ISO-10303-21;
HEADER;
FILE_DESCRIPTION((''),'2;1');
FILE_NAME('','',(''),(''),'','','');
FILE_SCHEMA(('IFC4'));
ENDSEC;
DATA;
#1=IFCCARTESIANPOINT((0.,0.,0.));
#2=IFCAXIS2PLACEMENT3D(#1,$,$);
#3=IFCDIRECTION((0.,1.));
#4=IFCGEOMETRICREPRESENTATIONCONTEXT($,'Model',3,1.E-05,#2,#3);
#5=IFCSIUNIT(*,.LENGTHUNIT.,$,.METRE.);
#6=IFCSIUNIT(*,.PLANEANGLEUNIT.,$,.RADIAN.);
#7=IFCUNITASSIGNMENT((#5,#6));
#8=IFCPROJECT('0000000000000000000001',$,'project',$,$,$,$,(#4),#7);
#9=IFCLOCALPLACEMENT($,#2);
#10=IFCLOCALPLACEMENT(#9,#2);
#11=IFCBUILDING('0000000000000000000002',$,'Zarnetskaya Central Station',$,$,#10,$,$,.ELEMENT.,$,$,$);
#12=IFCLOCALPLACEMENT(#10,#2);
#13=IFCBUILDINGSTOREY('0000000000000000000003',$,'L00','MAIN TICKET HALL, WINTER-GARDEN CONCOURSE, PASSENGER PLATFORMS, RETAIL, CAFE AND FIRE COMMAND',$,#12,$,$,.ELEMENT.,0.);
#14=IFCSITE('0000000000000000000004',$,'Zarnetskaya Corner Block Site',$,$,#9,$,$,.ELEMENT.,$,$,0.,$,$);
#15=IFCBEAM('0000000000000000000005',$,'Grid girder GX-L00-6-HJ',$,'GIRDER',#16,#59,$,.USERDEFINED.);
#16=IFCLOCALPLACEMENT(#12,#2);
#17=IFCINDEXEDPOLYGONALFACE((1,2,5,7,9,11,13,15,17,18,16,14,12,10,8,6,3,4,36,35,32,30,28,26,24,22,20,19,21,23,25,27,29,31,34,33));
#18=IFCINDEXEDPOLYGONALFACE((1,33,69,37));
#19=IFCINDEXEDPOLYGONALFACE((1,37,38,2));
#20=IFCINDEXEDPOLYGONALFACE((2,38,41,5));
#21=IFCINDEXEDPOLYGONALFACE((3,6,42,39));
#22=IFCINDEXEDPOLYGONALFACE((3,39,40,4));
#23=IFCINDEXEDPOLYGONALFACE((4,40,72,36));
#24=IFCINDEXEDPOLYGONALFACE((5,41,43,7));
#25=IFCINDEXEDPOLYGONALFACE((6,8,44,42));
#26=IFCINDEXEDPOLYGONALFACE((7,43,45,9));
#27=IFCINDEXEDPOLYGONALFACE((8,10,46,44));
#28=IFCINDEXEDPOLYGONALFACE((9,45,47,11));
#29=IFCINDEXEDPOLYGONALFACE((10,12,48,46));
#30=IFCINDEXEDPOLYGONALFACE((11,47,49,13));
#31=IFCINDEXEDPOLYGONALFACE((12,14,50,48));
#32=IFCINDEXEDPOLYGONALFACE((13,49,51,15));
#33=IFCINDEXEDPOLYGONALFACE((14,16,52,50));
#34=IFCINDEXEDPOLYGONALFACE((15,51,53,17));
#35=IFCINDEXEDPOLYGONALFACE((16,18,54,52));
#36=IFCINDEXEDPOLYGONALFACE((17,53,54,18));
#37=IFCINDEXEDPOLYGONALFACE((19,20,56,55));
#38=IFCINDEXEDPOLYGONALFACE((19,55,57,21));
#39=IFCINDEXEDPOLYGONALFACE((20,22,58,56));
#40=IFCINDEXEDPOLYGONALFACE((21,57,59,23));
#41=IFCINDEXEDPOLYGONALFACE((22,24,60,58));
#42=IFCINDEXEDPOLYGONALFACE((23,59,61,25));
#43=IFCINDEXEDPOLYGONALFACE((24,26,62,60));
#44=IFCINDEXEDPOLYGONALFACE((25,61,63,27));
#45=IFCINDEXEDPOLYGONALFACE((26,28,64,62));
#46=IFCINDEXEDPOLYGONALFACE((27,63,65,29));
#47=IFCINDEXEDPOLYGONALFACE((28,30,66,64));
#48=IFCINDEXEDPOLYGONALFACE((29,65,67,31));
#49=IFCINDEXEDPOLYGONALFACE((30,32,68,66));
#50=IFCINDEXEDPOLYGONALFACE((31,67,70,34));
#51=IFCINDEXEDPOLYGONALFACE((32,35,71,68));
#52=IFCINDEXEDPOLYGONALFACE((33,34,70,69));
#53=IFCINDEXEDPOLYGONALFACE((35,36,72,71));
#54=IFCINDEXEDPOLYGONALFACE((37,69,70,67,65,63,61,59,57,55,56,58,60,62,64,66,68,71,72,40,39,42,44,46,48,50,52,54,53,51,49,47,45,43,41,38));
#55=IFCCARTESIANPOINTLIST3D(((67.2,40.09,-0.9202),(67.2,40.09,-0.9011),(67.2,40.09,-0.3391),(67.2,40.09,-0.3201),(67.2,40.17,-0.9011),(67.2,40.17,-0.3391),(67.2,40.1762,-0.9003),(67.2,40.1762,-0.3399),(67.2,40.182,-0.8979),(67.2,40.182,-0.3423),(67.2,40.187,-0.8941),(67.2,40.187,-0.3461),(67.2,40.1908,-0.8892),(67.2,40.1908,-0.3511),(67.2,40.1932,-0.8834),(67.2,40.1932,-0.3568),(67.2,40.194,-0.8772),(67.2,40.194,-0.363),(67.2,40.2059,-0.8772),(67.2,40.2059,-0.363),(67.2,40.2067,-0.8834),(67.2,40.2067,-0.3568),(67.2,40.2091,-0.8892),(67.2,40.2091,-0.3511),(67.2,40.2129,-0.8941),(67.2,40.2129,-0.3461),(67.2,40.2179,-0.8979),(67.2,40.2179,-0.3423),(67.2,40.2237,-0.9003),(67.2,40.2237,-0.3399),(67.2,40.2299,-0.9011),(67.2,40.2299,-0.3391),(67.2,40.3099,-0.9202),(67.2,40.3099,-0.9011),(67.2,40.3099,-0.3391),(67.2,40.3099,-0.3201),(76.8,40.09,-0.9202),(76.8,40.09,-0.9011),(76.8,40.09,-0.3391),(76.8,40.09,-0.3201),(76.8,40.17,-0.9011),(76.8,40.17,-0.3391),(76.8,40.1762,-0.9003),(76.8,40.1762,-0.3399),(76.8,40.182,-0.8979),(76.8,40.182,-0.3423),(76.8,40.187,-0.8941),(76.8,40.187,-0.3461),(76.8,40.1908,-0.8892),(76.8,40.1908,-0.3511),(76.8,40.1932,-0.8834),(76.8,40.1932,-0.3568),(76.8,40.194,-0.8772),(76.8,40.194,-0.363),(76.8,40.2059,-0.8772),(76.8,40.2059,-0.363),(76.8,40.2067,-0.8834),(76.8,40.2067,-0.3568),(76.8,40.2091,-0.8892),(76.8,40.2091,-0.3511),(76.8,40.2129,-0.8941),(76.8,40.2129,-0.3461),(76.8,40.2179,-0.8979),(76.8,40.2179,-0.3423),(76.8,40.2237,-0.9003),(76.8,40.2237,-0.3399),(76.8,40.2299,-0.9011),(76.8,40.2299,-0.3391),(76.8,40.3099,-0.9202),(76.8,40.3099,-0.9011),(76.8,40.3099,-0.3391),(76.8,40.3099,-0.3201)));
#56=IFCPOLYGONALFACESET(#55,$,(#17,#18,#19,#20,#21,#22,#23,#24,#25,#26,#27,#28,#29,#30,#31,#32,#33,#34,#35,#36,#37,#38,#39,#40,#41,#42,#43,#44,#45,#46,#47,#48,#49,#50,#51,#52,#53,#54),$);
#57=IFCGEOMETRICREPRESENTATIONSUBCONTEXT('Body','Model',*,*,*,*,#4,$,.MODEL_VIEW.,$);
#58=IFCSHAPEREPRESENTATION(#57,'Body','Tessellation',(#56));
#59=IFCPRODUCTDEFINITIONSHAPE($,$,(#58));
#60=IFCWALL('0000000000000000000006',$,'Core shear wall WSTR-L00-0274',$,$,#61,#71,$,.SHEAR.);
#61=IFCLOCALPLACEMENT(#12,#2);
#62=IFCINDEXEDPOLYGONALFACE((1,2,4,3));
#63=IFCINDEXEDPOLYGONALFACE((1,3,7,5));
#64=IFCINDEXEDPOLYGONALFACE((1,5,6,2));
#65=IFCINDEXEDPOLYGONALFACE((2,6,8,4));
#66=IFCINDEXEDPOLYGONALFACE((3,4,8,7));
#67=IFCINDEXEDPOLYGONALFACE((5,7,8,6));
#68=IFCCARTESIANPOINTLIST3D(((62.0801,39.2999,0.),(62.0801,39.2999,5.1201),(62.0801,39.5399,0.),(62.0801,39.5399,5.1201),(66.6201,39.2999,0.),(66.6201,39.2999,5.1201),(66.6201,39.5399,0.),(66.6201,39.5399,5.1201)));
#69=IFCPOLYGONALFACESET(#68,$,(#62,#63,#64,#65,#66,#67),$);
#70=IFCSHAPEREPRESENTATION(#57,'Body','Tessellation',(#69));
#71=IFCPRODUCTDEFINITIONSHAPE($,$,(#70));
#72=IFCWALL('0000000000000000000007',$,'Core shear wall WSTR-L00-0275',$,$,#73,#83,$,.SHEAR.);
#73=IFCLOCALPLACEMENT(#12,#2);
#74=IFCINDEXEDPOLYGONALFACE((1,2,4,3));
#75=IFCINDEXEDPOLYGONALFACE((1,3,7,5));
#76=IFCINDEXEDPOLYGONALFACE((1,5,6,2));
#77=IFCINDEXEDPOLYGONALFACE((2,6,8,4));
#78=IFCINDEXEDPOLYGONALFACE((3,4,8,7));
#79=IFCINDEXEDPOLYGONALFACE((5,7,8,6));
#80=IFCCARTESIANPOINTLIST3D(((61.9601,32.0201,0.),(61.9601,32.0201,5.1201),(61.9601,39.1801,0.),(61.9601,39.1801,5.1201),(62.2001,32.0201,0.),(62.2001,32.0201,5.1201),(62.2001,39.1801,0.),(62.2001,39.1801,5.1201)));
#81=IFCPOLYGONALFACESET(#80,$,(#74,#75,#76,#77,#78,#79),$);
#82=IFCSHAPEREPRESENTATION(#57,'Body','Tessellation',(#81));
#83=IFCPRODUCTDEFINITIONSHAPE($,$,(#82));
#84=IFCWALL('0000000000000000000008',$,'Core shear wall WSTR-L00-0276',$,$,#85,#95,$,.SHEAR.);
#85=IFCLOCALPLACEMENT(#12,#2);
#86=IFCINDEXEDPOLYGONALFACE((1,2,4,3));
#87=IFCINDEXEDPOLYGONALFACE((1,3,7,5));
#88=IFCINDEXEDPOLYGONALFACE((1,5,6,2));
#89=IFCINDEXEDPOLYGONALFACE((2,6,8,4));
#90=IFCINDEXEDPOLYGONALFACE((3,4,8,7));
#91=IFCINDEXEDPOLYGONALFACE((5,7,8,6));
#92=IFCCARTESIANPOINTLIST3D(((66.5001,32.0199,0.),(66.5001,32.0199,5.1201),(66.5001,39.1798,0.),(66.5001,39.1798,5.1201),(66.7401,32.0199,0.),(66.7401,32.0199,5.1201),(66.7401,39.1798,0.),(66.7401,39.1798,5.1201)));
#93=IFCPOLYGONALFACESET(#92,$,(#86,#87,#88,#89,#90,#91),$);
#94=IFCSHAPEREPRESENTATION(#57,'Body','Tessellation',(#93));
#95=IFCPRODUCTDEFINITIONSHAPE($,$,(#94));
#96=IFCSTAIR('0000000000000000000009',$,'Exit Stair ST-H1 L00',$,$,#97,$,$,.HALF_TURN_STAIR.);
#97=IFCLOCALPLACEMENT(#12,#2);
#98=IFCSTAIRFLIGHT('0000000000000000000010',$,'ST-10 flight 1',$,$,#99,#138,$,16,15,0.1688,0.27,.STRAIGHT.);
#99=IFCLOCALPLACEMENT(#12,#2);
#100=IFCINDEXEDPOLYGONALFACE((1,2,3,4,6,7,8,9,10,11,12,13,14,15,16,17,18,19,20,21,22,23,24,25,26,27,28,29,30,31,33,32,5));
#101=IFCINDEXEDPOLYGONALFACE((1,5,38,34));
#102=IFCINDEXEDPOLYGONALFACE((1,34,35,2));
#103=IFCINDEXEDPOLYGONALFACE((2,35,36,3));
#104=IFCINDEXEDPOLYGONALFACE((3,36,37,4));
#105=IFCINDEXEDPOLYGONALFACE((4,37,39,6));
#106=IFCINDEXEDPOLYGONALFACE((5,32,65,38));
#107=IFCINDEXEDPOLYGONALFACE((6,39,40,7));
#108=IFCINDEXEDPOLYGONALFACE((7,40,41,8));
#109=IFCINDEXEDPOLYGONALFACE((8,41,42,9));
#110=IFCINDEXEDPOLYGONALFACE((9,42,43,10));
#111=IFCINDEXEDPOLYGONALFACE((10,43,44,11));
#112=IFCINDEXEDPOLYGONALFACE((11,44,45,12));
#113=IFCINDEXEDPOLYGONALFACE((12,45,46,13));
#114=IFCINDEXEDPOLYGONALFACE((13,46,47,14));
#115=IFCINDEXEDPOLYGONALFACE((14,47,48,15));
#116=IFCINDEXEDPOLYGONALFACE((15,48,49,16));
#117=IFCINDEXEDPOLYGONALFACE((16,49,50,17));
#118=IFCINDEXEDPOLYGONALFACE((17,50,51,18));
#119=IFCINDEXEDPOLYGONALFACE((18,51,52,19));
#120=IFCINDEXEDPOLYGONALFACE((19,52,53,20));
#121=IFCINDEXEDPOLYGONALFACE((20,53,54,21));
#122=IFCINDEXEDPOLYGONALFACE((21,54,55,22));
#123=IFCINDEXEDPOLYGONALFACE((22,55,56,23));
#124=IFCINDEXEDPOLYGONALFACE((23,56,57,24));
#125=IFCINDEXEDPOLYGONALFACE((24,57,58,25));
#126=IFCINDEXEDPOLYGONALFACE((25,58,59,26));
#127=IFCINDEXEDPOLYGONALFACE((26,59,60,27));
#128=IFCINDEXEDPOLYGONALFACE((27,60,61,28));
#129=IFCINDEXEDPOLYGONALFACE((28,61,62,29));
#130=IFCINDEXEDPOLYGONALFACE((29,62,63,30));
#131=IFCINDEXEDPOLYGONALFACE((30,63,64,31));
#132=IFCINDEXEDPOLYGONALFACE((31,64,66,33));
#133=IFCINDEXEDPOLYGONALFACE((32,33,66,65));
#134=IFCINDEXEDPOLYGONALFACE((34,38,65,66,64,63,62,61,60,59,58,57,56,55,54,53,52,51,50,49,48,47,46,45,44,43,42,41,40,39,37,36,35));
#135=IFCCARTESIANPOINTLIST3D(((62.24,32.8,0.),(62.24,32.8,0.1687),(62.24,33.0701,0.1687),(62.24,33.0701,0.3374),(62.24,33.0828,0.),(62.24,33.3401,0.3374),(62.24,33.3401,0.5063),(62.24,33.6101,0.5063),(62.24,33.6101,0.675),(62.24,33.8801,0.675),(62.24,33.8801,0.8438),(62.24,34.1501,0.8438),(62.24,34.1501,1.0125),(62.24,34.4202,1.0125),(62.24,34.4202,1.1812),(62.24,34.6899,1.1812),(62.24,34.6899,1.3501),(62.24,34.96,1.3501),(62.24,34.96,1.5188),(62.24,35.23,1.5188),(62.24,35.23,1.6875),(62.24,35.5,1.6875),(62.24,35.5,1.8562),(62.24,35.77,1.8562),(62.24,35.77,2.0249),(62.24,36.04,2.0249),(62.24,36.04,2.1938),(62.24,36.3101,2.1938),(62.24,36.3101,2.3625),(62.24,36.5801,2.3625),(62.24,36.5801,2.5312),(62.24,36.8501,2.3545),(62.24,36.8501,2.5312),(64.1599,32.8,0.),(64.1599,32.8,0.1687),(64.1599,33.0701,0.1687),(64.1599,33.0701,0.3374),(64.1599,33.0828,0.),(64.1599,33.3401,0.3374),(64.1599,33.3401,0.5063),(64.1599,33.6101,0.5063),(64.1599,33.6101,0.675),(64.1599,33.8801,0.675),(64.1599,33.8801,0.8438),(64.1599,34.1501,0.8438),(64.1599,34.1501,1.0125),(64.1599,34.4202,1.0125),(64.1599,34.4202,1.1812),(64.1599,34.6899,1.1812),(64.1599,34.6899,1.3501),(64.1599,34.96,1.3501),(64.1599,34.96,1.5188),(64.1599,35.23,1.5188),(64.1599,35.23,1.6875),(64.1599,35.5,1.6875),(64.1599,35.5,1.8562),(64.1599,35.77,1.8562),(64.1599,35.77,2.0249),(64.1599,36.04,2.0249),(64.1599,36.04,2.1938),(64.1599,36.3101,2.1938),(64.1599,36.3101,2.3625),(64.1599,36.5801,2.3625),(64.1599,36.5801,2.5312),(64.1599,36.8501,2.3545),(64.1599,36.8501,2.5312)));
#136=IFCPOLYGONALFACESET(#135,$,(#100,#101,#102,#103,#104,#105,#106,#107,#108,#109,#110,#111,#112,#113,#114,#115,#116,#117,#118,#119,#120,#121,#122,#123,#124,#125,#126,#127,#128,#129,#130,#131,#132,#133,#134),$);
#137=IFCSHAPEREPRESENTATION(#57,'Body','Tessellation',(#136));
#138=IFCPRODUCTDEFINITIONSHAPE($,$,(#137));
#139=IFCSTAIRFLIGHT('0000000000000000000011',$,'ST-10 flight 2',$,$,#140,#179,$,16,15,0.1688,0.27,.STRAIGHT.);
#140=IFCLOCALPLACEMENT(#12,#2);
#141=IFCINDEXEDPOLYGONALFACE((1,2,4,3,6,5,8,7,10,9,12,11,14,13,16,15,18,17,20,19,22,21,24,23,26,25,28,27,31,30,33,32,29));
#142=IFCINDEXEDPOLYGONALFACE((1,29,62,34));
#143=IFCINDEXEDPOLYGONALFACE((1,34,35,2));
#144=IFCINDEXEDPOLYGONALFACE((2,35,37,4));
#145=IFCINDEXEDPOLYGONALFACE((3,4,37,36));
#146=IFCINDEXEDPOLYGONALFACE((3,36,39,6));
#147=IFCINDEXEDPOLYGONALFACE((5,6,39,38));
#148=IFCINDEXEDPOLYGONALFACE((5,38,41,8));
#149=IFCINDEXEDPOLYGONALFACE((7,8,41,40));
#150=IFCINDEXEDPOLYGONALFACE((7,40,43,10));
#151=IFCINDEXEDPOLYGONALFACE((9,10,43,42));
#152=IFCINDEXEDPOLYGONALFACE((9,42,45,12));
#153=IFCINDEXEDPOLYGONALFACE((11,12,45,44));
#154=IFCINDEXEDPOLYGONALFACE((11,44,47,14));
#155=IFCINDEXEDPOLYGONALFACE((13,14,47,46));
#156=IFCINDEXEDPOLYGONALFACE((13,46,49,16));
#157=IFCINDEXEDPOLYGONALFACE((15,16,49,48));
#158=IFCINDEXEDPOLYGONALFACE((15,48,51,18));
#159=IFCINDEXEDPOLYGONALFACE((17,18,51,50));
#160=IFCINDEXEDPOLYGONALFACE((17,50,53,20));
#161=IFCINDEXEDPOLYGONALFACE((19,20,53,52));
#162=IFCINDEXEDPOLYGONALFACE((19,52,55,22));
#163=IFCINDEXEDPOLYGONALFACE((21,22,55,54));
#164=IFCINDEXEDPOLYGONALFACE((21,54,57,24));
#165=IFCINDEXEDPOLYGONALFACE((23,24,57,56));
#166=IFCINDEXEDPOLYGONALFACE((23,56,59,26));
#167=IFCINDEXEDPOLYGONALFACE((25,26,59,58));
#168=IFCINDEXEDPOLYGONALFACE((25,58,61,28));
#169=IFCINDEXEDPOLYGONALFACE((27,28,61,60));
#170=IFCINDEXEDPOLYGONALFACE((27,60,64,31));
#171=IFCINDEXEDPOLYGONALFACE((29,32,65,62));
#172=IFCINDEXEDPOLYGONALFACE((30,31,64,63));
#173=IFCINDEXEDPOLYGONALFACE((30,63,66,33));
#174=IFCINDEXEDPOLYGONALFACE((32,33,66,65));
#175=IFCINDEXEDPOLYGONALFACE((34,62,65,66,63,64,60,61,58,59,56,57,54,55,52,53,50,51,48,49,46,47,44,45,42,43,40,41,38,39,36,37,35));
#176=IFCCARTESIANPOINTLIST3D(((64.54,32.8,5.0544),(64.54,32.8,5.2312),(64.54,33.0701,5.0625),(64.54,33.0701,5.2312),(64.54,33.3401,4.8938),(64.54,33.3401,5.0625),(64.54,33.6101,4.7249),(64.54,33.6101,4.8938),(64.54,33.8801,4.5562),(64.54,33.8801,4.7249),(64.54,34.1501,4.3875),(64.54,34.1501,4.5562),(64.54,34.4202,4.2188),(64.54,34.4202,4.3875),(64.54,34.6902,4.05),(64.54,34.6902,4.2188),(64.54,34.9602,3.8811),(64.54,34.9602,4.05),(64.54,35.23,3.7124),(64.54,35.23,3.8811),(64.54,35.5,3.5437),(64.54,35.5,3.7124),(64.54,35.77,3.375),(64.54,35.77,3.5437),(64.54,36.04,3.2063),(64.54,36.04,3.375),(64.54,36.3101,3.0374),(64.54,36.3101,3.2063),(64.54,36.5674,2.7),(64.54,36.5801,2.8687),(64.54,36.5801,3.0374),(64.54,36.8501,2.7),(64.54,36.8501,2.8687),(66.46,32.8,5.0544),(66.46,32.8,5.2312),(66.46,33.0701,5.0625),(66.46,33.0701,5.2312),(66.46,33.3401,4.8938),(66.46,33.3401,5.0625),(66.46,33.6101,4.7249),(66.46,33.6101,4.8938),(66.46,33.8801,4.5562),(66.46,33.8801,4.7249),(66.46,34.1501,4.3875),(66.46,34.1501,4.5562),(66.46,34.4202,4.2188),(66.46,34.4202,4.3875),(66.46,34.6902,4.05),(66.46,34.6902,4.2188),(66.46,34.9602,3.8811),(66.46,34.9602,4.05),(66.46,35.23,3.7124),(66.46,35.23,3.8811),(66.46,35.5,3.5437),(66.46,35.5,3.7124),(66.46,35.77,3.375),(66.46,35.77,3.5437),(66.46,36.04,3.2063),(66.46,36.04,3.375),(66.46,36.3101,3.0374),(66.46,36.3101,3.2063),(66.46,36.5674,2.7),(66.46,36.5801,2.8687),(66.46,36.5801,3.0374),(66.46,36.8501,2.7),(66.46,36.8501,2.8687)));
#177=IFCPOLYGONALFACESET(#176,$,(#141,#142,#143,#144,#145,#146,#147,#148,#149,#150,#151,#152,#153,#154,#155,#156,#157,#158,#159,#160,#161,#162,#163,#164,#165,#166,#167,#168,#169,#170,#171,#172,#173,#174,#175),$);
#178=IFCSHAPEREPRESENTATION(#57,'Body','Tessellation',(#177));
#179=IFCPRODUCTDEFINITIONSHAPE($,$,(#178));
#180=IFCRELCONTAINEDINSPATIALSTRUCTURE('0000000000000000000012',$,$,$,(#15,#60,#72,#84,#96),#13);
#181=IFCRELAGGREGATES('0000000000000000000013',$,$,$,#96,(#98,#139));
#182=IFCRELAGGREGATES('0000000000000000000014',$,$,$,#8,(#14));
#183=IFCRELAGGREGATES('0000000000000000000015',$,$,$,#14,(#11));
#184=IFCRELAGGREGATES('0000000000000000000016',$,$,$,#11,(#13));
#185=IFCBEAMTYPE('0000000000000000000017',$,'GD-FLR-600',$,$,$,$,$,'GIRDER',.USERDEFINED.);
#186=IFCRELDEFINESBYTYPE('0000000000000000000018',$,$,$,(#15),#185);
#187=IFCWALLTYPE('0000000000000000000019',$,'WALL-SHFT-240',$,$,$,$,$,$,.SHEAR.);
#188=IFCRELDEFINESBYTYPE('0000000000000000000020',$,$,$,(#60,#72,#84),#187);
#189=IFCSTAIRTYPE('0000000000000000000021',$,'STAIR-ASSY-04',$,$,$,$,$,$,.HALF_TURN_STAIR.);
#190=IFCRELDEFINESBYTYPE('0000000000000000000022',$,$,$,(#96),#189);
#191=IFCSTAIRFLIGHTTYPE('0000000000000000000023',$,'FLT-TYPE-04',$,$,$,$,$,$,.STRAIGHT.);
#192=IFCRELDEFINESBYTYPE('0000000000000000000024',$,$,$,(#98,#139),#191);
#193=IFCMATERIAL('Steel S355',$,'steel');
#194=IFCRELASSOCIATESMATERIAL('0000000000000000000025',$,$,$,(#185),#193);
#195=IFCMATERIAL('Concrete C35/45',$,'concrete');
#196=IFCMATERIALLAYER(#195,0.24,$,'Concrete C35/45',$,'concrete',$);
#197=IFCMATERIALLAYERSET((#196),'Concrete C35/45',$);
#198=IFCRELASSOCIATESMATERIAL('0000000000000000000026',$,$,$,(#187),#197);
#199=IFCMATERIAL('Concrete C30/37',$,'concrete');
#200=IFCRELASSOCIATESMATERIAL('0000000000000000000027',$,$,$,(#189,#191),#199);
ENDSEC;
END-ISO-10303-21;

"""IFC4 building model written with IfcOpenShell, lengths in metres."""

from ifc_helpers import new_model, si_unit, direction, frame, frame_2d, origin, origin_2d, place, context, subcontext, project, spatial, polyline, rectangle, i_section, outline, extrude, material, layer, layer_set, material_profile, profile_set, type_object, element, aggregate, save


model = new_model("IFC4")

# Units and contexts
model_context = context("Model", 3, precision=1e-05, world=origin(), true_north=direction((0.0, 1.0)))
body_context = subcontext(model_context, "Body", "Model", "MODEL_VIEW")
ifc_project = project(units=[si_unit("LENGTHUNIT", "METRE"), si_unit("PLANEANGLEUNIT", "RADIAN")], contexts=[model_context])

# Site, building, storey
site_placement = place(None, origin())
site = spatial("IfcSite", under=ifc_project, at=site_placement, Name="Zarnetskaya Corner Block Site", CompositionType="ELEMENT", RefElevation=0.0)
building_placement = place(site_placement, origin())
building = spatial("IfcBuilding", under=site, at=building_placement, Name="Zarnetskaya Central Station", CompositionType="ELEMENT")
storey_placement = place(building_placement, origin())
storey = spatial("IfcBuildingStorey", under=building, at=storey_placement, Name="L00", Description="MAIN TICKET HALL, WINTER-GARDEN CONCOURSE, PASSENGER PLATFORMS, RETAIL, CAFE AND FIRE COMMAND", CompositionType="ELEMENT", Elevation=0.0)

# Shared definitions
ifc_material_1 = material(Name="Steel S355", Category="steel")

# Beam
ifc_material_profile_1 = material_profile(ifc_material_1, i_section(OverallWidth=0.22, OverallDepth=0.6001, WebThickness=0.012, FlangeThickness=0.019, FilletRadius=0.0239, at=origin_2d()), Name="IPE 600")
ifc_profile_set_1 = profile_set([ifc_material_profile_1], Name="Steel S355")
beam_type_1 = type_object("IfcBeamType", Name="GD-FLR-600", ElementType="GIRDER", PredefinedType="USERDEFINED", material=ifc_profile_set_1)
for number, where, z_axis, x_axis, name in (
    (1, (67.2, 40.2, -0.6201), (1.0, 0.0, 0.0), (0.0, 1.0, 0.0), "Grid girder GX-L00-6-HJ"),
):
    element("IfcBeam", number, at=place(storey_placement, frame(where, z_axis=z_axis, x_axis=x_axis)), inside=storey, type_object=beam_type_1, Name=name, ObjectType="GIRDER", PredefinedType="USERDEFINED", context=body_context, shape_type="SweptSolid", body=[
        extrude(i_section(OverallWidth=0.22, OverallDepth=0.6001, WebThickness=0.012, FlangeThickness=0.019, FilletRadius=0.0239, at=origin_2d()), origin(), (0.0, 0.0, 1.0), 9.6001),
    ])

# Shared definitions
ifc_material_2 = material(Name="Concrete C35/45", Category="concrete")
ifc_layer = layer(ifc_material_2, 0.24, Name="Concrete C35/45", Category="concrete")
ifc_layer_set = layer_set([ifc_layer], Name="Concrete C35/45")
wall_type = type_object("IfcWallType", Name="WALL-SHFT-240", PredefinedType="SHEAR", material=ifc_layer_set)

# Walls
wall_1_placement = place(storey_placement, frame((62.0801, 39.4199, 0.0), z_axis=(0.0, 0.0, 1.0), x_axis=(1.0, 0.0, 0.0)))
element("IfcWall", 2, at=wall_1_placement, inside=storey, type_object=wall_type, Name="Core shear wall WSTR-L00-0274", PredefinedType="SHEAR", context=body_context, shape_type="SweptSolid", body=[
    extrude(rectangle(XDim=4.54, YDim=0.24, at=frame_2d((2.27, 0.0))), origin(), (0.0, 0.0, 1.0), 5.1201),
])
for number, where, z_axis, x_axis, name in (
    (3, (62.0801, 32.02, 0.0), (0.0, 0.0, 1.0), (0.0, 1.0, 0.0), "Core shear wall WSTR-L00-0275"),
    (4, (66.6201, 39.1799, 0.0), (0.0, 0.0, 1.0), (0.0, -1.0, 0.0), "Core shear wall WSTR-L00-0276"),
):
    element("IfcWall", number, at=place(storey_placement, frame(where, z_axis=z_axis, x_axis=x_axis)), inside=storey, type_object=wall_type, Name=name, PredefinedType="SHEAR", context=body_context, shape_type="SweptSolid", body=[
        extrude(rectangle(XDim=7.1599, YDim=0.24, at=frame_2d((3.5801, 0.0))), origin(), (0.0, 0.0, 1.0), 5.1201),
    ])

# Stair, stair flights
ifc_material_3 = material(Name="Concrete C30/37", Category="concrete")
stair_type = type_object("IfcStairType", Name="STAIR-ASSY-04", PredefinedType="HALF_TURN_STAIR", material=ifc_material_3)
stair_placement = place(storey_placement, origin())
stair = element("IfcStair", 5, at=stair_placement, inside=storey, type_object=stair_type, Name="Exit Stair ST-H1 L00", PredefinedType="HALF_TURN_STAIR")
stair_flight_type = type_object("IfcStairFlightType", Name="FLT-TYPE-04", PredefinedType="STRAIGHT", material=ifc_material_3)
stair_flight_1_placement = place(storey_placement, frame((63.2, 32.8, 0.0), z_axis=(0.0, 0.0, 1.0), x_axis=(0.0, 1.0, 0.0)))
stair_flight_1 = element("IfcStairFlight", 6, at=stair_flight_1_placement, type_object=stair_flight_type, Name="ST-10 flight 1", NumberOfRisers=16, NumberOfTreads=15, PredefinedType="STRAIGHT", RiserHeight=0.1688, TreadLength=0.27, context=body_context, shape_type="SweptSolid", body=[
    extrude(outline(polyline([(0.0, 0.0), (0.0, 0.1687), (0.27, 0.1687), (0.27, 0.3374), (0.54, 0.3374), (0.54, 0.5063), (0.8101, 0.5063), (0.8101, 0.675), (1.0801, 0.675), (1.0801, 0.8438), (1.3501, 0.8438), (1.3501, 1.0125), (1.6201, 1.0125), (1.6201, 1.1812), (1.8899, 1.1812), (1.8899, 1.3501), (2.1599, 1.3501), (2.1599, 1.5188), (2.4299, 1.5188), (2.4299, 1.6875), (2.7, 1.6875), (2.7, 1.8562), (2.97, 1.8562), (2.97, 2.0249), (3.24, 2.0249), (3.24, 2.1938), (3.51, 2.1938), (3.51, 2.3625), (3.78, 2.3625), (3.78, 2.5312), (4.05, 2.5312), (4.05, 2.7), (4.05, 2.3545), (0.2827, 0.0), (0.0, 0.0)])), frame((0.0, 0.96, 0.0), z_axis=(0.0, -1.0, 0.0), x_axis=(1.0, 0.0, 0.0)), (0.0, 0.0, 1.0), 1.9199),
])
stair_flight_2_placement = place(storey_placement, frame((65.5, 36.8501, 2.7), z_axis=(0.0, 0.0, 1.0), x_axis=(0.0, -1.0, 0.0)))
stair_flight_2 = element("IfcStairFlight", 7, at=stair_flight_2_placement, type_object=stair_flight_type, Name="ST-10 flight 2", NumberOfRisers=16, NumberOfTreads=15, PredefinedType="STRAIGHT", RiserHeight=0.1688, TreadLength=0.27, context=body_context, shape_type="SweptSolid", body=[
    extrude(outline(polyline([(0.0, 0.0), (0.0, 0.1687), (0.27, 0.1687), (0.27, 0.3374), (0.54, 0.3374), (0.54, 0.5063), (0.8101, 0.5063), (0.8101, 0.675), (1.0801, 0.675), (1.0801, 0.8438), (1.3501, 0.8438), (1.3501, 1.0125), (1.6201, 1.0125), (1.6201, 1.1812), (1.8899, 1.1812), (1.8899, 1.3501), (2.1599, 1.3501), (2.1599, 1.5188), (2.4299, 1.5188), (2.4299, 1.6875), (2.7, 1.6875), (2.7, 1.8562), (2.97, 1.8562), (2.97, 2.0249), (3.24, 2.0249), (3.24, 2.1938), (3.51, 2.1938), (3.51, 2.3625), (3.78, 2.3625), (3.78, 2.5312), (4.05, 2.5312), (4.05, 2.7), (4.05, 2.3545), (0.2827, 0.0), (0.0, 0.0)])), frame((0.0, 0.96, 0.0), z_axis=(0.0, -1.0, 0.0), x_axis=(1.0, 0.0, 0.0)), (0.0, 0.0, 1.0), 1.9199),
])
aggregate(stair, [stair_flight_1, stair_flight_2])

save(model, "model.ifc")
